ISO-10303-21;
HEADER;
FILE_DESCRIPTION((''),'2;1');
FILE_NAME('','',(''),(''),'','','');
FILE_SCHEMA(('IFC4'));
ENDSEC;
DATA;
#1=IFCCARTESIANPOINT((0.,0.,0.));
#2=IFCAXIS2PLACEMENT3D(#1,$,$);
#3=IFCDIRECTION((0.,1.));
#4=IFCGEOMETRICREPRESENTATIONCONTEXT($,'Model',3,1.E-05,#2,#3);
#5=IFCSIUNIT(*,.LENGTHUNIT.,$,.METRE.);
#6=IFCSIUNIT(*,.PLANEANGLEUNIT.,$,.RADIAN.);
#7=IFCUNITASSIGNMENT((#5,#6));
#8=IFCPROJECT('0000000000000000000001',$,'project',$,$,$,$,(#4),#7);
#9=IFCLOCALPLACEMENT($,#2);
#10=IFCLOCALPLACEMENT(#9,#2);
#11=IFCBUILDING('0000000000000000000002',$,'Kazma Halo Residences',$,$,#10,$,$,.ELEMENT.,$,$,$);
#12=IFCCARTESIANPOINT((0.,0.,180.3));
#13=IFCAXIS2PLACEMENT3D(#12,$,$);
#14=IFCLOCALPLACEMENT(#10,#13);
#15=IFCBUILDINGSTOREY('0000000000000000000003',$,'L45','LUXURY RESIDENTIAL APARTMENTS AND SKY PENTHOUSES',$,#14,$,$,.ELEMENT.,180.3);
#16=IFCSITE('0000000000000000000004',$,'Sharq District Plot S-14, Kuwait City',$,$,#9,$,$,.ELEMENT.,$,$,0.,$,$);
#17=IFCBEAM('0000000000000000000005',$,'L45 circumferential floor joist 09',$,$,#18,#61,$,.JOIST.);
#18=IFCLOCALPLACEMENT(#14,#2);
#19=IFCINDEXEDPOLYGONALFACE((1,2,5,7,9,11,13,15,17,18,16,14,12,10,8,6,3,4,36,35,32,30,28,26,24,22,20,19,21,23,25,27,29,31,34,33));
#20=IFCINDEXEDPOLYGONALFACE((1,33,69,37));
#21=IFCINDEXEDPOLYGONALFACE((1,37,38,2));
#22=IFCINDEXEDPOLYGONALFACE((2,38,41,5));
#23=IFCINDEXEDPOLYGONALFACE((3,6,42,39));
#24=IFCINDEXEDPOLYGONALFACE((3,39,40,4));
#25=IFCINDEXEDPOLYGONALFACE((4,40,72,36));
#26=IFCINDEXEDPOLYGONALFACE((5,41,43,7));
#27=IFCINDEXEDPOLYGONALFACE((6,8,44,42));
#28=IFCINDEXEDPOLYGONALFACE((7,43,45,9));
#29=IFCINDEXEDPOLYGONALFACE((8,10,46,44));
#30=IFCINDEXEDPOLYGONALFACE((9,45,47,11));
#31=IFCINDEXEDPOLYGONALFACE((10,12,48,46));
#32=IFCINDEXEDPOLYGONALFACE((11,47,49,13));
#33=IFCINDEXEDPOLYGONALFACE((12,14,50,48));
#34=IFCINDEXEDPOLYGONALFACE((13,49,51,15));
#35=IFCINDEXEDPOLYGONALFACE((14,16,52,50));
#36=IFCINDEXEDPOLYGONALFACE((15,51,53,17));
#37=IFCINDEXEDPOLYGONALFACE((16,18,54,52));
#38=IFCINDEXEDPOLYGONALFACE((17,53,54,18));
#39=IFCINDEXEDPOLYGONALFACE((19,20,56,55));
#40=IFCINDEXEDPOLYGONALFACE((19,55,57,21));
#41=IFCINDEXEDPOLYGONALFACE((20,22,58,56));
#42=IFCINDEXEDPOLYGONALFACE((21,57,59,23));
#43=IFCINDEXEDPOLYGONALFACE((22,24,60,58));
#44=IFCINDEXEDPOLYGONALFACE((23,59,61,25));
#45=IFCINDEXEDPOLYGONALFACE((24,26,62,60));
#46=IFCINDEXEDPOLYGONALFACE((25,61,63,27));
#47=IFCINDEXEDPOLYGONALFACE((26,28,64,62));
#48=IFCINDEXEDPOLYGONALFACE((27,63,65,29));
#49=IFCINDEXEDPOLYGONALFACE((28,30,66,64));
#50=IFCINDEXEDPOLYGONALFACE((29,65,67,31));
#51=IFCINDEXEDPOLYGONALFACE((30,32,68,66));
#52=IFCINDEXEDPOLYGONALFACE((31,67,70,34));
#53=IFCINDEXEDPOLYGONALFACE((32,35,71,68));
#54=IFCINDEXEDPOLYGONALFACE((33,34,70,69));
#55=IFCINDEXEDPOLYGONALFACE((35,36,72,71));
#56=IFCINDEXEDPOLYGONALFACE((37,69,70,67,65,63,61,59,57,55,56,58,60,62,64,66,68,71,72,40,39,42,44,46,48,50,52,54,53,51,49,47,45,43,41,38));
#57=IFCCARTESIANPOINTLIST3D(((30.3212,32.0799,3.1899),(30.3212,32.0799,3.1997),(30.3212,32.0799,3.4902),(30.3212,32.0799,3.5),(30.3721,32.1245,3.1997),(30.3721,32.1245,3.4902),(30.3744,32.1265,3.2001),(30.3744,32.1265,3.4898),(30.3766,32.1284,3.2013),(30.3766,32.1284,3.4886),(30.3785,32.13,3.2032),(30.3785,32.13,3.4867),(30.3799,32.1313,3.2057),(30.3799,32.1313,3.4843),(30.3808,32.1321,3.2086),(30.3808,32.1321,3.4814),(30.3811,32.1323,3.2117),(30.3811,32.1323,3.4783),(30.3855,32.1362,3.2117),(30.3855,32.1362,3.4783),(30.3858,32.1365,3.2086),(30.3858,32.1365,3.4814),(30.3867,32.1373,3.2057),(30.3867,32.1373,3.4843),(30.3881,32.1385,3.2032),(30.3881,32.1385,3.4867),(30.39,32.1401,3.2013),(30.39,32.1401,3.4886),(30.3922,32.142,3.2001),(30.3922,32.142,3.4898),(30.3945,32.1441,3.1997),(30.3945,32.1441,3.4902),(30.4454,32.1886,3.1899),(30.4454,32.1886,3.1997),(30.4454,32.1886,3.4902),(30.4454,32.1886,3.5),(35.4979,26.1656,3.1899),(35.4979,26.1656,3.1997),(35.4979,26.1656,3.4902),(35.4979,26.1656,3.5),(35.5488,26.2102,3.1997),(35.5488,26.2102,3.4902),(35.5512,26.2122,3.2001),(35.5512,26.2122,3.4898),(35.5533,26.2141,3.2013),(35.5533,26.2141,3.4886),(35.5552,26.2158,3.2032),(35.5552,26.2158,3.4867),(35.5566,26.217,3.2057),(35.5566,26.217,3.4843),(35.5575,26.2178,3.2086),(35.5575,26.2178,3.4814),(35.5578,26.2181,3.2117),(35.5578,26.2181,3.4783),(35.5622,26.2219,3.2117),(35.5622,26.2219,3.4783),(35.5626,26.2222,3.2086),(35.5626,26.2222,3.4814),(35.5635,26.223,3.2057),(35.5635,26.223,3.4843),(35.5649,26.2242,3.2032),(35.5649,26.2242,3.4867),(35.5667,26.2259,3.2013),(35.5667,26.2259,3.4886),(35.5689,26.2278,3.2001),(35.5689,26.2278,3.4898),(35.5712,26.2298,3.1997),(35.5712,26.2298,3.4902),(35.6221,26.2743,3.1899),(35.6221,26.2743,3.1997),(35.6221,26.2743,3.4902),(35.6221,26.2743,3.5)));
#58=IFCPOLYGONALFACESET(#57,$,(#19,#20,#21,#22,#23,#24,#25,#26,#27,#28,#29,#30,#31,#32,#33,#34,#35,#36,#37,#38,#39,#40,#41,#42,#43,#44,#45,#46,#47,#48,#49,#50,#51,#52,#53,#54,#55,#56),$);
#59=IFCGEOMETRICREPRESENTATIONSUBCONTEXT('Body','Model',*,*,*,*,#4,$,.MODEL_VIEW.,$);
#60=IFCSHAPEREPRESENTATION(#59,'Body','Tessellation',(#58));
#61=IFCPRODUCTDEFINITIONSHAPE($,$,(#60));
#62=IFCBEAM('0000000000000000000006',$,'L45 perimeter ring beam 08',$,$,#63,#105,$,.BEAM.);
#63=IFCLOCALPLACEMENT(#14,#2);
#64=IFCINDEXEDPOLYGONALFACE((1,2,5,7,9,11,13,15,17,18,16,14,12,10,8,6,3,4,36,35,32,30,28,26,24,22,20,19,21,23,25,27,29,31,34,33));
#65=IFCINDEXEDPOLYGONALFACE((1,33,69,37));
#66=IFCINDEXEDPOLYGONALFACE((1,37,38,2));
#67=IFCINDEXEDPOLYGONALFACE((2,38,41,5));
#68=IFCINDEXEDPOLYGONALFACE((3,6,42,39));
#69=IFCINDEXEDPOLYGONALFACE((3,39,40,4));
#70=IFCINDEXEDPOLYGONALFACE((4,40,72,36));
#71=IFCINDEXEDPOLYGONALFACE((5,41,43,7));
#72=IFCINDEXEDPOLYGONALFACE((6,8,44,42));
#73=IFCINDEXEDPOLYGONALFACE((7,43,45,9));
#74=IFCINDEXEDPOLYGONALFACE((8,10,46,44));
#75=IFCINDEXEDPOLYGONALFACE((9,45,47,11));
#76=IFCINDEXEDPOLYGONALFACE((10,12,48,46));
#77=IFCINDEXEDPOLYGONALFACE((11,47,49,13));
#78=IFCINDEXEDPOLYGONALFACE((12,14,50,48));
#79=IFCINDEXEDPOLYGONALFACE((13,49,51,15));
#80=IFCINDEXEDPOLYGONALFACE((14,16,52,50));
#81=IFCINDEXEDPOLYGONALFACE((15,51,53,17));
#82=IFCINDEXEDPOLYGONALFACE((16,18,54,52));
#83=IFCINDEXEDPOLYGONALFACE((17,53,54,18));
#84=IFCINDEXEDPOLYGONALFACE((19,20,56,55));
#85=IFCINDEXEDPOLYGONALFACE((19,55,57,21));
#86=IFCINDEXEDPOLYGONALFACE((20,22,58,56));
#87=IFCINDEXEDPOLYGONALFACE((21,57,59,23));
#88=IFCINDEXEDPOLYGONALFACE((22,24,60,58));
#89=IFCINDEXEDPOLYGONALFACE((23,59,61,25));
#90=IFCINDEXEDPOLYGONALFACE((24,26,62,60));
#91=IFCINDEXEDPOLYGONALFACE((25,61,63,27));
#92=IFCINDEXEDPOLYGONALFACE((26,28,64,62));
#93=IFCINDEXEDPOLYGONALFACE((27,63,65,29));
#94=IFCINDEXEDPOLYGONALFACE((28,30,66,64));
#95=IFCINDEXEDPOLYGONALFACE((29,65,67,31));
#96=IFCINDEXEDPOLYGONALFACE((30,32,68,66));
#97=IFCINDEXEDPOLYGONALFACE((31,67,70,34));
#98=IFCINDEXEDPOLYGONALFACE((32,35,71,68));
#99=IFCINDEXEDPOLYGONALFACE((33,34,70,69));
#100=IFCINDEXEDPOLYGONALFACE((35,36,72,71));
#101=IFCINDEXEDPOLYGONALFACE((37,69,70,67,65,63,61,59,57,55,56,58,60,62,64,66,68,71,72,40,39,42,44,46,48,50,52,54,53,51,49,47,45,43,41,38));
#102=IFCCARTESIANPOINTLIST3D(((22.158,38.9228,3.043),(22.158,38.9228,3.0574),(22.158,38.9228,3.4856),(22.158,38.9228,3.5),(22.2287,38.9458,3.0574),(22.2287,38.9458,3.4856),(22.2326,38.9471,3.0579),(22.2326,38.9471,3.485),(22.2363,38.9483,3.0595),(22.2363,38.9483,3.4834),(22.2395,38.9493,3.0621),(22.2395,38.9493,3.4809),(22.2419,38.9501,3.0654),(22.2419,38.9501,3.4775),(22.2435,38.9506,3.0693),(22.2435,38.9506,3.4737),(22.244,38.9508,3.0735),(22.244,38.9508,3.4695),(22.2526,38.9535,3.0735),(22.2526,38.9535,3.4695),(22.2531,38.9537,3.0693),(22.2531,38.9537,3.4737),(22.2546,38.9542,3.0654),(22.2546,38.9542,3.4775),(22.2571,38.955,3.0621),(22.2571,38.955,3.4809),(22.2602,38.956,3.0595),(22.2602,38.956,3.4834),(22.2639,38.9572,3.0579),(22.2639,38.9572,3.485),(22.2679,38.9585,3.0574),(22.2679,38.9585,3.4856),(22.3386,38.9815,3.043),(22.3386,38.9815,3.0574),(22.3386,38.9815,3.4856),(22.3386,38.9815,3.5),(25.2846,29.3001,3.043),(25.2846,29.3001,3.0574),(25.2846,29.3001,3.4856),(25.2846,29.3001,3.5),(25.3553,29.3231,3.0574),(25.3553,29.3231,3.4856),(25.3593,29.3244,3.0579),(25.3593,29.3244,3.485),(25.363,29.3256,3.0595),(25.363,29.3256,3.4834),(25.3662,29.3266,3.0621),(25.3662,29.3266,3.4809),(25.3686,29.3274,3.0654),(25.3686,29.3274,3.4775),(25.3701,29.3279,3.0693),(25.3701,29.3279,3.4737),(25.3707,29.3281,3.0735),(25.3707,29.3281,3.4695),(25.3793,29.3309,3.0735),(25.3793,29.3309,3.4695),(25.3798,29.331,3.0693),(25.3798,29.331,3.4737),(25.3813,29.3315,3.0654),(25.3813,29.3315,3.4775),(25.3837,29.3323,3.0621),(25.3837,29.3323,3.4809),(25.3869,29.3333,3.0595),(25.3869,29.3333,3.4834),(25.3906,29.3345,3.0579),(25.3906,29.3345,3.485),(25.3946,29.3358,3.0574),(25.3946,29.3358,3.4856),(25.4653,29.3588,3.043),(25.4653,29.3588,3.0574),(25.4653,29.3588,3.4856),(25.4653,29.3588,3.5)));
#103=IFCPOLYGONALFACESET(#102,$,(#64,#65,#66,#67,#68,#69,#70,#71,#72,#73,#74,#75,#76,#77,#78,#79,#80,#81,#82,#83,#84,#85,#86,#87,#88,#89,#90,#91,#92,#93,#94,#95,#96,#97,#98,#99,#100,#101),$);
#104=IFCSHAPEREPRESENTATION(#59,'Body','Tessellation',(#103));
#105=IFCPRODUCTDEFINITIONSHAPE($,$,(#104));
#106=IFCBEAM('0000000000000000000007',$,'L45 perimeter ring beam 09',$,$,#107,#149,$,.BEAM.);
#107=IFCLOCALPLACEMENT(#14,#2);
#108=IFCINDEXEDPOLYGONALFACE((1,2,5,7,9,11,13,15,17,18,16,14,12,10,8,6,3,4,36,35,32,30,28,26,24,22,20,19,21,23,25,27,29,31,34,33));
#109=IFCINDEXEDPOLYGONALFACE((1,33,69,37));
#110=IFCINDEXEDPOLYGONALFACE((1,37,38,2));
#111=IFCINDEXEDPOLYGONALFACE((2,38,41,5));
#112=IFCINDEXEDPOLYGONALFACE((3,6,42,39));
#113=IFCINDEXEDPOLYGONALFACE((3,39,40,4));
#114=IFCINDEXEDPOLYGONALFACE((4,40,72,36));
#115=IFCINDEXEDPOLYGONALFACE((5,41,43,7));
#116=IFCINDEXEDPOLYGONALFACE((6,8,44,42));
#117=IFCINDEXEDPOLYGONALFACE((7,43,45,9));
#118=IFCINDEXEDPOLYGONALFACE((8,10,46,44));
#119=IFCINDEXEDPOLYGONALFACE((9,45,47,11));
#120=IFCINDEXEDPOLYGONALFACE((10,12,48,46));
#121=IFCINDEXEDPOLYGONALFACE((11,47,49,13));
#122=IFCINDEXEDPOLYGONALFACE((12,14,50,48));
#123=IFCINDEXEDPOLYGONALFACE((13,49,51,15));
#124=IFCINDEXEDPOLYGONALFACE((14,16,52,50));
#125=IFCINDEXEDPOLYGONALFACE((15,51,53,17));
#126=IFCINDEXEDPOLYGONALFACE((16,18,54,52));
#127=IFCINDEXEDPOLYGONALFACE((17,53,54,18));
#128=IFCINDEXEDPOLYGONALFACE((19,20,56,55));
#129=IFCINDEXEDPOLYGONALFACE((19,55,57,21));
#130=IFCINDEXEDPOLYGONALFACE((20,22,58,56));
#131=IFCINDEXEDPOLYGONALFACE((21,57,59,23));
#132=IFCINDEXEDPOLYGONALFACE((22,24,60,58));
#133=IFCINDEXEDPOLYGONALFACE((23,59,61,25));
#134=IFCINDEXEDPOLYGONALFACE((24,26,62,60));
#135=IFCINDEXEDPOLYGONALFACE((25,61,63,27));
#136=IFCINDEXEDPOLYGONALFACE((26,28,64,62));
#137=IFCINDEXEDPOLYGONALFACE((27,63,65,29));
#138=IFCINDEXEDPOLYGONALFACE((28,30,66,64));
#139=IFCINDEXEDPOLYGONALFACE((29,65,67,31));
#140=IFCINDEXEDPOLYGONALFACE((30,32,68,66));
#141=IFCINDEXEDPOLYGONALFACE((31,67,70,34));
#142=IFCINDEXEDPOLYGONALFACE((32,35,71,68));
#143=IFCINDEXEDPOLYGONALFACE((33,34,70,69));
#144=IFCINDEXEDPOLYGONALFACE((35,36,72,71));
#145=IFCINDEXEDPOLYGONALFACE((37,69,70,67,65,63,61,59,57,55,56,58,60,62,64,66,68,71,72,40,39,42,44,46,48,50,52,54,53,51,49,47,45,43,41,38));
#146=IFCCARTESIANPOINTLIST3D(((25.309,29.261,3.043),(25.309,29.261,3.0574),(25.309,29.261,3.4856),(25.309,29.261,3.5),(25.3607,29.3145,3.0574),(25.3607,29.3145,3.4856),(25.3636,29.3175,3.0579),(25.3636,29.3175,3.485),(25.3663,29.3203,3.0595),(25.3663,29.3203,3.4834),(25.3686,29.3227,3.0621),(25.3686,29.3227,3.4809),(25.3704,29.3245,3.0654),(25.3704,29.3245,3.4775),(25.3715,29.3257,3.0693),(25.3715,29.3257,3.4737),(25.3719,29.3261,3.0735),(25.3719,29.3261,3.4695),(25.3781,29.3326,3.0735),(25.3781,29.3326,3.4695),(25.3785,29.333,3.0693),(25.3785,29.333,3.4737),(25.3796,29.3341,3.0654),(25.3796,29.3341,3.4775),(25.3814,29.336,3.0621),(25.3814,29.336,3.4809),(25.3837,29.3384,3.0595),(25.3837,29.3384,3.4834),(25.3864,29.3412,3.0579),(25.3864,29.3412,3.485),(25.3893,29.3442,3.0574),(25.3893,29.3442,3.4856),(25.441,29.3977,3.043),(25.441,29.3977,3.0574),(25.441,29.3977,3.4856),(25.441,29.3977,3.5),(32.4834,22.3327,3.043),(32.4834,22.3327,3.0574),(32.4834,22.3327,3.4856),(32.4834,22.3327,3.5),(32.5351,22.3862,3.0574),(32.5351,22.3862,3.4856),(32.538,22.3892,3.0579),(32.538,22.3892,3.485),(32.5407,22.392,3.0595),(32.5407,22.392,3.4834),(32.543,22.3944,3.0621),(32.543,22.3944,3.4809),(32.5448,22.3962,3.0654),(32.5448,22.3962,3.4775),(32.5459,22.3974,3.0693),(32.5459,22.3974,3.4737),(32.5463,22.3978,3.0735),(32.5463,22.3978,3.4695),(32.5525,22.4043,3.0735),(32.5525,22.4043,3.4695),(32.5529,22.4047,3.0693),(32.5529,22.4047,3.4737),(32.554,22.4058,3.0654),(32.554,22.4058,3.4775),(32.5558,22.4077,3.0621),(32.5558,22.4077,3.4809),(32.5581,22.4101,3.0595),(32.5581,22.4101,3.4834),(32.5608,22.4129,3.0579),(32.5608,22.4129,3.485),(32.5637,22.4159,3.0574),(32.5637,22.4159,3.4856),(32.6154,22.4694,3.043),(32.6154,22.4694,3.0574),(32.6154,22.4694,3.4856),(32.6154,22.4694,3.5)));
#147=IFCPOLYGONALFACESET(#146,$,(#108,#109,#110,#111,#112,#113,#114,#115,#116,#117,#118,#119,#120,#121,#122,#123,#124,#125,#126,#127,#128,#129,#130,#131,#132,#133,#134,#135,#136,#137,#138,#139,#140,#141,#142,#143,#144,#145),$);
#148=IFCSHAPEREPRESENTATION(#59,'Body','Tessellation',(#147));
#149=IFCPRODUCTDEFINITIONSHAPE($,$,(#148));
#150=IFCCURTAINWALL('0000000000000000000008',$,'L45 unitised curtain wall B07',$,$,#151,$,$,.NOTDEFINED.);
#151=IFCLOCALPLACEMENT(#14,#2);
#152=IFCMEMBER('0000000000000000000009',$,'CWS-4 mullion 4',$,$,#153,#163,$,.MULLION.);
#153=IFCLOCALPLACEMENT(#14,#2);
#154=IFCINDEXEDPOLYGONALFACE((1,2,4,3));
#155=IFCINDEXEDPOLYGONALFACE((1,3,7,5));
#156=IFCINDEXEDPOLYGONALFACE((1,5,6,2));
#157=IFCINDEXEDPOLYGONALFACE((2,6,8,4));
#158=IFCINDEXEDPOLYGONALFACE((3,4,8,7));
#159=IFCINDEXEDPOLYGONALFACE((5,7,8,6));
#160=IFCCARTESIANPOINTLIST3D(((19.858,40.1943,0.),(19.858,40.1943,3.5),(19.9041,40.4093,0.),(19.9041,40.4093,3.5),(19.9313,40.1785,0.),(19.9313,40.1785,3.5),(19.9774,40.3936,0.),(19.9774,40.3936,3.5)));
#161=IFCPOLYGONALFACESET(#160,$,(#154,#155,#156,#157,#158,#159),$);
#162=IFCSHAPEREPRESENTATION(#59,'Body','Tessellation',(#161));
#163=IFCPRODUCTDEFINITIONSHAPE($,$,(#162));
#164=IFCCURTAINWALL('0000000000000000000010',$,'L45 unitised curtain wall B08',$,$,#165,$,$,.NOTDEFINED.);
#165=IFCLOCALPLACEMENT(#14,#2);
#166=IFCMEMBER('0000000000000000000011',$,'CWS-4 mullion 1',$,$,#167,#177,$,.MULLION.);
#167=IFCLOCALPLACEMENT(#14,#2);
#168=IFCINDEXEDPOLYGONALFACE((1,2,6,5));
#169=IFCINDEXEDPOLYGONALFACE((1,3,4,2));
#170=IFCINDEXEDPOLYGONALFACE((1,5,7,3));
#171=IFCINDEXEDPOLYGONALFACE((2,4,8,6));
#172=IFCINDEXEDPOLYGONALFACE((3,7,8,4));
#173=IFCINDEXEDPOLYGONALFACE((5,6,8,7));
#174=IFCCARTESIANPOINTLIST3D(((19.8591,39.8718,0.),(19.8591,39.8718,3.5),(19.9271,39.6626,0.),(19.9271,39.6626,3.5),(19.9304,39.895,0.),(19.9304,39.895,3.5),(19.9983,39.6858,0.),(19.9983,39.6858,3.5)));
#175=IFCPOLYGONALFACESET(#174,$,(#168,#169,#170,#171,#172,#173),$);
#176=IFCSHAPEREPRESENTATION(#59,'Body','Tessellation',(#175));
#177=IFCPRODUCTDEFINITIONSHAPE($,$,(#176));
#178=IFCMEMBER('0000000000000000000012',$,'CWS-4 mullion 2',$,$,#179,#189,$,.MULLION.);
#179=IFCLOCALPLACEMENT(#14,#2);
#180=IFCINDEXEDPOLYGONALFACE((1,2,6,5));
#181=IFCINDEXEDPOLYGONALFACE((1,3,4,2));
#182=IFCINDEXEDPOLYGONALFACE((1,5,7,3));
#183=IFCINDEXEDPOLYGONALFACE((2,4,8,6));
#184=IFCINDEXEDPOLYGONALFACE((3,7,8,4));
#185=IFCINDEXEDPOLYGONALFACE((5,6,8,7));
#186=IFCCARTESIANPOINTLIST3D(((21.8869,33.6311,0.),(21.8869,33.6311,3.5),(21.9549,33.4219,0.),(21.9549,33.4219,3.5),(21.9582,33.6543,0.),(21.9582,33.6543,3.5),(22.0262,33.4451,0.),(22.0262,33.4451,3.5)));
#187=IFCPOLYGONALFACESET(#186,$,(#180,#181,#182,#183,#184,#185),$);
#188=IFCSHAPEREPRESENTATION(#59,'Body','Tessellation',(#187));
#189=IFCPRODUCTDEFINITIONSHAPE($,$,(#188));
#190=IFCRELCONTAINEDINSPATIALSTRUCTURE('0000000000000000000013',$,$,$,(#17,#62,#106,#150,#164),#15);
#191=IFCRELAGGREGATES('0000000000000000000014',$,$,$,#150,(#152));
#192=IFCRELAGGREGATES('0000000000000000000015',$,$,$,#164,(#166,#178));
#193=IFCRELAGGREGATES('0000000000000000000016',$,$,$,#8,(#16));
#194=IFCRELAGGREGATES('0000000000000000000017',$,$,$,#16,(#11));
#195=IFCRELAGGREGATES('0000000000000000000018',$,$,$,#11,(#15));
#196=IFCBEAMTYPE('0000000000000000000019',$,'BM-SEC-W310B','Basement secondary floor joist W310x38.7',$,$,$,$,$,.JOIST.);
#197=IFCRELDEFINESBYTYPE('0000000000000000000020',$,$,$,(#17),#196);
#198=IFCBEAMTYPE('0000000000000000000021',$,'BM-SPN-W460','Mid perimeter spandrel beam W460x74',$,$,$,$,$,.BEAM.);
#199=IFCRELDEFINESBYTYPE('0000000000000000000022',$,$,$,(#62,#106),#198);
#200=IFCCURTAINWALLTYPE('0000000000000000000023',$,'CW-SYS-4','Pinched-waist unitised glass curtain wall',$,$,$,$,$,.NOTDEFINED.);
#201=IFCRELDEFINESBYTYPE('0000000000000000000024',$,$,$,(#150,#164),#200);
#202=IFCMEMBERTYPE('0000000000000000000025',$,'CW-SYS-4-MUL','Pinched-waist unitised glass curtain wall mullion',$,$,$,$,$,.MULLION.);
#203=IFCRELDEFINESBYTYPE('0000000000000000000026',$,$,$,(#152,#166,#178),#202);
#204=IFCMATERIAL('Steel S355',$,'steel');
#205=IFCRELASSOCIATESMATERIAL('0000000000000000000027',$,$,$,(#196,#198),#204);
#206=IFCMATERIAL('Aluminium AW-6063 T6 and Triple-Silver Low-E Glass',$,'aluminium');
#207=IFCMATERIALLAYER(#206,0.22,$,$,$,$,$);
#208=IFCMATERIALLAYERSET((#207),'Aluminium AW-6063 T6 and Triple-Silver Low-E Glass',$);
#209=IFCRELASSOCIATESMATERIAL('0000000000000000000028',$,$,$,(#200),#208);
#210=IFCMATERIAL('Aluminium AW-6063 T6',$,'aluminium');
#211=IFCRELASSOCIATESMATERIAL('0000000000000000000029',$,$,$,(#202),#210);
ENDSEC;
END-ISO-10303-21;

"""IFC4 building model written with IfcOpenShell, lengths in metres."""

from ifc_helpers import new_model, si_unit, direction, frame, origin, origin_2d, place, context, subcontext, project, spatial, rectangle, i_section, extrude, material, layer, layer_set, material_profile, profile_set, type_object, element, aggregate, save


model = new_model("IFC4")

# Units and contexts
model_context = context("Model", 3, precision=1e-05, world=origin(), true_north=direction((0.0, 1.0)))
body_context = subcontext(model_context, "Body", "Model", "MODEL_VIEW")
ifc_project = project(units=[si_unit("LENGTHUNIT", "METRE"), si_unit("PLANEANGLEUNIT", "RADIAN")], contexts=[model_context])

# Site, building, storey
site_placement = place(None, origin())
site = spatial("IfcSite", under=ifc_project, at=site_placement, Name="Sharq District Plot S-14, Kuwait City", CompositionType="ELEMENT", RefElevation=0.0)
building_placement = place(site_placement, origin())
building = spatial("IfcBuilding", under=site, at=building_placement, Name="Kazma Halo Residences", CompositionType="ELEMENT")
storey_placement = place(building_placement, frame((0.0, 0.0, 180.3)))
storey = spatial("IfcBuildingStorey", under=building, at=storey_placement, Name="L45", Description="LUXURY RESIDENTIAL APARTMENTS AND SKY PENTHOUSES", CompositionType="ELEMENT", Elevation=180.3)

# Beams
ifc_material_1 = material(Name="Steel S355", Category="steel")
ifc_material_profile_1 = material_profile(ifc_material_1, i_section(OverallWidth=0.165, OverallDepth=0.3101, WebThickness=0.0059, FlangeThickness=0.0098, FilletRadius=0.012, at=origin_2d()), Name="W310x38.7")
ifc_profile_set_1 = profile_set([ifc_material_profile_1], Name="Steel S355")
beam_type_1 = type_object("IfcBeamType", Name="BM-SEC-W310B", Description="Basement secondary floor joist W310x38.7", PredefinedType="JOIST", material=ifc_profile_set_1)
beam_1_placement = place(storey_placement, frame((30.3833, 32.1343, 3.345), z_axis=(0.65863, -0.752467, 0.0), x_axis=(0.752467, 0.65863, 0.0)))
element("IfcBeam", 1, at=beam_1_placement, inside=storey, type_object=beam_type_1, Name="L45 circumferential floor joist 09", PredefinedType="JOIST", context=body_context, shape_type="SweptSolid", body=[
    extrude(i_section(OverallWidth=0.165, OverallDepth=0.3101, WebThickness=0.0059, FlangeThickness=0.0098, FilletRadius=0.012, at=origin_2d()), origin(), (0.0, 0.0, 1.0), 7.8599),
])
ifc_material_profile_2 = material_profile(ifc_material_1, i_section(OverallWidth=0.1899, OverallDepth=0.457, WebThickness=0.009, FlangeThickness=0.0144, FilletRadius=0.0161, at=origin_2d()), Name="W460x74")
ifc_profile_set_2 = profile_set([ifc_material_profile_2], Name="Steel S355")
beam_type_2 = type_object("IfcBeamType", Name="BM-SPN-W460", Description="Mid perimeter spandrel beam W460x74", PredefinedType="BEAM", material=ifc_profile_set_2)
beam_2_placement = place(storey_placement, frame((22.2483, 38.9521, 3.2715), z_axis=(0.309023, -0.951054, 0.0), x_axis=(0.951054, 0.309023, 0.0)))
element("IfcBeam", 2, at=beam_2_placement, inside=storey, type_object=beam_type_2, Name="L45 perimeter ring beam 08", PredefinedType="BEAM", context=body_context, shape_type="SweptSolid", body=[
    extrude(i_section(OverallWidth=0.1899, OverallDepth=0.457, WebThickness=0.009, FlangeThickness=0.0144, FilletRadius=0.0161, at=origin_2d()), origin(), (0.0, 0.0, 1.0), 10.1179),
])
beam_3_placement = place(storey_placement, frame((25.375, 29.3293, 3.2715), z_axis=(0.719337, -0.694662, 0.0), x_axis=(0.694662, 0.719337, 0.0)))
element("IfcBeam", 3, at=beam_3_placement, inside=storey, type_object=beam_type_2, Name="L45 perimeter ring beam 09", PredefinedType="BEAM", context=body_context, shape_type="SweptSolid", body=[
    extrude(i_section(OverallWidth=0.1899, OverallDepth=0.457, WebThickness=0.009, FlangeThickness=0.0144, FilletRadius=0.0161, at=origin_2d()), origin(), (0.0, 0.0, 1.0), 9.9736),
])

# Curtain wall, member
ifc_material_2 = material(Name="Aluminium AW-6063 T6 and Triple-Silver Low-E Glass", Category="aluminium")
ifc_layer_1 = layer(ifc_material_2, 0.22)
ifc_layer_set_1 = layer_set([ifc_layer_1], Name="Aluminium AW-6063 T6 and Triple-Silver Low-E Glass")
curtain_wall_type = type_object("IfcCurtainWallType", Name="CW-SYS-4", Description="Pinched-waist unitised glass curtain wall", PredefinedType="NOTDEFINED", material=ifc_layer_set_1)
curtain_wall_1_placement = place(storey_placement, origin())
curtain_wall_1 = element("IfcCurtainWall", 4, at=curtain_wall_1_placement, inside=storey, type_object=curtain_wall_type, Name="L45 unitised curtain wall B07", PredefinedType="NOTDEFINED")
ifc_material_3 = material(Name="Aluminium AW-6063 T6", Category="aluminium")
ifc_material_profile_3 = material_profile(ifc_material_3, rectangle(XDim=0.075, YDim=0.22, at=origin_2d()), Name="CWM-75x220")
ifc_profile_set_3 = profile_set([ifc_material_profile_3], Name="Aluminium AW-6063 T6")
member_type_1 = type_object("IfcMemberType", Name="CW-SYS-4-MUL", Description="Pinched-waist unitised glass curtain wall mullion", PredefinedType="MULLION", material=ifc_profile_set_3)
member_1_placement = place(storey_placement, frame((19.9177, 40.2939, 0.0), z_axis=(0.0, 0.0, 1.0), x_axis=(0.977768, -0.20969, 0.0)))
member_1 = element("IfcMember", 5, at=member_1_placement, type_object=member_type_1, Name="CWS-4 mullion 4", PredefinedType="MULLION", context=body_context, shape_type="SweptSolid", body=[
    extrude(rectangle(XDim=0.075, YDim=0.22, at=origin_2d()), origin(), (0.0, 0.0, 1.0), 3.5),
])
aggregate(curtain_wall_1, [member_1])

# Curtain wall, members
curtain_wall_2_placement = place(storey_placement, origin())
curtain_wall_2 = element("IfcCurtainWall", 6, at=curtain_wall_2_placement, inside=storey, type_object=curtain_wall_type, Name="L45 unitised curtain wall B08", PredefinedType="NOTDEFINED")
member_2_placement = place(storey_placement, frame((19.9287, 39.7788, 0.0), z_axis=(0.0, 0.0, 1.0), x_axis=(0.951057, 0.309016, 0.0)))
member_2 = element("IfcMember", 7, at=member_2_placement, type_object=member_type_1, Name="CWS-4 mullion 1", PredefinedType="MULLION", context=body_context, shape_type="SweptSolid", body=[
    extrude(rectangle(XDim=0.075, YDim=0.22, at=origin_2d()), origin(), (0.0, 0.0, 1.0), 3.5),
])
member_3_placement = place(storey_placement, frame((21.9565, 33.5381, 0.0), z_axis=(0.0, 0.0, 1.0), x_axis=(0.951057, 0.309016, 0.0)))
member_3 = element("IfcMember", 8, at=member_3_placement, type_object=member_type_1, Name="CWS-4 mullion 2", PredefinedType="MULLION", context=body_context, shape_type="SweptSolid", body=[
    extrude(rectangle(XDim=0.075, YDim=0.22, at=origin_2d()), origin(), (0.0, 0.0, 1.0), 3.5),
])

aggregate(curtain_wall_2, [member_2, member_3])

save(model, "model.ifc")
